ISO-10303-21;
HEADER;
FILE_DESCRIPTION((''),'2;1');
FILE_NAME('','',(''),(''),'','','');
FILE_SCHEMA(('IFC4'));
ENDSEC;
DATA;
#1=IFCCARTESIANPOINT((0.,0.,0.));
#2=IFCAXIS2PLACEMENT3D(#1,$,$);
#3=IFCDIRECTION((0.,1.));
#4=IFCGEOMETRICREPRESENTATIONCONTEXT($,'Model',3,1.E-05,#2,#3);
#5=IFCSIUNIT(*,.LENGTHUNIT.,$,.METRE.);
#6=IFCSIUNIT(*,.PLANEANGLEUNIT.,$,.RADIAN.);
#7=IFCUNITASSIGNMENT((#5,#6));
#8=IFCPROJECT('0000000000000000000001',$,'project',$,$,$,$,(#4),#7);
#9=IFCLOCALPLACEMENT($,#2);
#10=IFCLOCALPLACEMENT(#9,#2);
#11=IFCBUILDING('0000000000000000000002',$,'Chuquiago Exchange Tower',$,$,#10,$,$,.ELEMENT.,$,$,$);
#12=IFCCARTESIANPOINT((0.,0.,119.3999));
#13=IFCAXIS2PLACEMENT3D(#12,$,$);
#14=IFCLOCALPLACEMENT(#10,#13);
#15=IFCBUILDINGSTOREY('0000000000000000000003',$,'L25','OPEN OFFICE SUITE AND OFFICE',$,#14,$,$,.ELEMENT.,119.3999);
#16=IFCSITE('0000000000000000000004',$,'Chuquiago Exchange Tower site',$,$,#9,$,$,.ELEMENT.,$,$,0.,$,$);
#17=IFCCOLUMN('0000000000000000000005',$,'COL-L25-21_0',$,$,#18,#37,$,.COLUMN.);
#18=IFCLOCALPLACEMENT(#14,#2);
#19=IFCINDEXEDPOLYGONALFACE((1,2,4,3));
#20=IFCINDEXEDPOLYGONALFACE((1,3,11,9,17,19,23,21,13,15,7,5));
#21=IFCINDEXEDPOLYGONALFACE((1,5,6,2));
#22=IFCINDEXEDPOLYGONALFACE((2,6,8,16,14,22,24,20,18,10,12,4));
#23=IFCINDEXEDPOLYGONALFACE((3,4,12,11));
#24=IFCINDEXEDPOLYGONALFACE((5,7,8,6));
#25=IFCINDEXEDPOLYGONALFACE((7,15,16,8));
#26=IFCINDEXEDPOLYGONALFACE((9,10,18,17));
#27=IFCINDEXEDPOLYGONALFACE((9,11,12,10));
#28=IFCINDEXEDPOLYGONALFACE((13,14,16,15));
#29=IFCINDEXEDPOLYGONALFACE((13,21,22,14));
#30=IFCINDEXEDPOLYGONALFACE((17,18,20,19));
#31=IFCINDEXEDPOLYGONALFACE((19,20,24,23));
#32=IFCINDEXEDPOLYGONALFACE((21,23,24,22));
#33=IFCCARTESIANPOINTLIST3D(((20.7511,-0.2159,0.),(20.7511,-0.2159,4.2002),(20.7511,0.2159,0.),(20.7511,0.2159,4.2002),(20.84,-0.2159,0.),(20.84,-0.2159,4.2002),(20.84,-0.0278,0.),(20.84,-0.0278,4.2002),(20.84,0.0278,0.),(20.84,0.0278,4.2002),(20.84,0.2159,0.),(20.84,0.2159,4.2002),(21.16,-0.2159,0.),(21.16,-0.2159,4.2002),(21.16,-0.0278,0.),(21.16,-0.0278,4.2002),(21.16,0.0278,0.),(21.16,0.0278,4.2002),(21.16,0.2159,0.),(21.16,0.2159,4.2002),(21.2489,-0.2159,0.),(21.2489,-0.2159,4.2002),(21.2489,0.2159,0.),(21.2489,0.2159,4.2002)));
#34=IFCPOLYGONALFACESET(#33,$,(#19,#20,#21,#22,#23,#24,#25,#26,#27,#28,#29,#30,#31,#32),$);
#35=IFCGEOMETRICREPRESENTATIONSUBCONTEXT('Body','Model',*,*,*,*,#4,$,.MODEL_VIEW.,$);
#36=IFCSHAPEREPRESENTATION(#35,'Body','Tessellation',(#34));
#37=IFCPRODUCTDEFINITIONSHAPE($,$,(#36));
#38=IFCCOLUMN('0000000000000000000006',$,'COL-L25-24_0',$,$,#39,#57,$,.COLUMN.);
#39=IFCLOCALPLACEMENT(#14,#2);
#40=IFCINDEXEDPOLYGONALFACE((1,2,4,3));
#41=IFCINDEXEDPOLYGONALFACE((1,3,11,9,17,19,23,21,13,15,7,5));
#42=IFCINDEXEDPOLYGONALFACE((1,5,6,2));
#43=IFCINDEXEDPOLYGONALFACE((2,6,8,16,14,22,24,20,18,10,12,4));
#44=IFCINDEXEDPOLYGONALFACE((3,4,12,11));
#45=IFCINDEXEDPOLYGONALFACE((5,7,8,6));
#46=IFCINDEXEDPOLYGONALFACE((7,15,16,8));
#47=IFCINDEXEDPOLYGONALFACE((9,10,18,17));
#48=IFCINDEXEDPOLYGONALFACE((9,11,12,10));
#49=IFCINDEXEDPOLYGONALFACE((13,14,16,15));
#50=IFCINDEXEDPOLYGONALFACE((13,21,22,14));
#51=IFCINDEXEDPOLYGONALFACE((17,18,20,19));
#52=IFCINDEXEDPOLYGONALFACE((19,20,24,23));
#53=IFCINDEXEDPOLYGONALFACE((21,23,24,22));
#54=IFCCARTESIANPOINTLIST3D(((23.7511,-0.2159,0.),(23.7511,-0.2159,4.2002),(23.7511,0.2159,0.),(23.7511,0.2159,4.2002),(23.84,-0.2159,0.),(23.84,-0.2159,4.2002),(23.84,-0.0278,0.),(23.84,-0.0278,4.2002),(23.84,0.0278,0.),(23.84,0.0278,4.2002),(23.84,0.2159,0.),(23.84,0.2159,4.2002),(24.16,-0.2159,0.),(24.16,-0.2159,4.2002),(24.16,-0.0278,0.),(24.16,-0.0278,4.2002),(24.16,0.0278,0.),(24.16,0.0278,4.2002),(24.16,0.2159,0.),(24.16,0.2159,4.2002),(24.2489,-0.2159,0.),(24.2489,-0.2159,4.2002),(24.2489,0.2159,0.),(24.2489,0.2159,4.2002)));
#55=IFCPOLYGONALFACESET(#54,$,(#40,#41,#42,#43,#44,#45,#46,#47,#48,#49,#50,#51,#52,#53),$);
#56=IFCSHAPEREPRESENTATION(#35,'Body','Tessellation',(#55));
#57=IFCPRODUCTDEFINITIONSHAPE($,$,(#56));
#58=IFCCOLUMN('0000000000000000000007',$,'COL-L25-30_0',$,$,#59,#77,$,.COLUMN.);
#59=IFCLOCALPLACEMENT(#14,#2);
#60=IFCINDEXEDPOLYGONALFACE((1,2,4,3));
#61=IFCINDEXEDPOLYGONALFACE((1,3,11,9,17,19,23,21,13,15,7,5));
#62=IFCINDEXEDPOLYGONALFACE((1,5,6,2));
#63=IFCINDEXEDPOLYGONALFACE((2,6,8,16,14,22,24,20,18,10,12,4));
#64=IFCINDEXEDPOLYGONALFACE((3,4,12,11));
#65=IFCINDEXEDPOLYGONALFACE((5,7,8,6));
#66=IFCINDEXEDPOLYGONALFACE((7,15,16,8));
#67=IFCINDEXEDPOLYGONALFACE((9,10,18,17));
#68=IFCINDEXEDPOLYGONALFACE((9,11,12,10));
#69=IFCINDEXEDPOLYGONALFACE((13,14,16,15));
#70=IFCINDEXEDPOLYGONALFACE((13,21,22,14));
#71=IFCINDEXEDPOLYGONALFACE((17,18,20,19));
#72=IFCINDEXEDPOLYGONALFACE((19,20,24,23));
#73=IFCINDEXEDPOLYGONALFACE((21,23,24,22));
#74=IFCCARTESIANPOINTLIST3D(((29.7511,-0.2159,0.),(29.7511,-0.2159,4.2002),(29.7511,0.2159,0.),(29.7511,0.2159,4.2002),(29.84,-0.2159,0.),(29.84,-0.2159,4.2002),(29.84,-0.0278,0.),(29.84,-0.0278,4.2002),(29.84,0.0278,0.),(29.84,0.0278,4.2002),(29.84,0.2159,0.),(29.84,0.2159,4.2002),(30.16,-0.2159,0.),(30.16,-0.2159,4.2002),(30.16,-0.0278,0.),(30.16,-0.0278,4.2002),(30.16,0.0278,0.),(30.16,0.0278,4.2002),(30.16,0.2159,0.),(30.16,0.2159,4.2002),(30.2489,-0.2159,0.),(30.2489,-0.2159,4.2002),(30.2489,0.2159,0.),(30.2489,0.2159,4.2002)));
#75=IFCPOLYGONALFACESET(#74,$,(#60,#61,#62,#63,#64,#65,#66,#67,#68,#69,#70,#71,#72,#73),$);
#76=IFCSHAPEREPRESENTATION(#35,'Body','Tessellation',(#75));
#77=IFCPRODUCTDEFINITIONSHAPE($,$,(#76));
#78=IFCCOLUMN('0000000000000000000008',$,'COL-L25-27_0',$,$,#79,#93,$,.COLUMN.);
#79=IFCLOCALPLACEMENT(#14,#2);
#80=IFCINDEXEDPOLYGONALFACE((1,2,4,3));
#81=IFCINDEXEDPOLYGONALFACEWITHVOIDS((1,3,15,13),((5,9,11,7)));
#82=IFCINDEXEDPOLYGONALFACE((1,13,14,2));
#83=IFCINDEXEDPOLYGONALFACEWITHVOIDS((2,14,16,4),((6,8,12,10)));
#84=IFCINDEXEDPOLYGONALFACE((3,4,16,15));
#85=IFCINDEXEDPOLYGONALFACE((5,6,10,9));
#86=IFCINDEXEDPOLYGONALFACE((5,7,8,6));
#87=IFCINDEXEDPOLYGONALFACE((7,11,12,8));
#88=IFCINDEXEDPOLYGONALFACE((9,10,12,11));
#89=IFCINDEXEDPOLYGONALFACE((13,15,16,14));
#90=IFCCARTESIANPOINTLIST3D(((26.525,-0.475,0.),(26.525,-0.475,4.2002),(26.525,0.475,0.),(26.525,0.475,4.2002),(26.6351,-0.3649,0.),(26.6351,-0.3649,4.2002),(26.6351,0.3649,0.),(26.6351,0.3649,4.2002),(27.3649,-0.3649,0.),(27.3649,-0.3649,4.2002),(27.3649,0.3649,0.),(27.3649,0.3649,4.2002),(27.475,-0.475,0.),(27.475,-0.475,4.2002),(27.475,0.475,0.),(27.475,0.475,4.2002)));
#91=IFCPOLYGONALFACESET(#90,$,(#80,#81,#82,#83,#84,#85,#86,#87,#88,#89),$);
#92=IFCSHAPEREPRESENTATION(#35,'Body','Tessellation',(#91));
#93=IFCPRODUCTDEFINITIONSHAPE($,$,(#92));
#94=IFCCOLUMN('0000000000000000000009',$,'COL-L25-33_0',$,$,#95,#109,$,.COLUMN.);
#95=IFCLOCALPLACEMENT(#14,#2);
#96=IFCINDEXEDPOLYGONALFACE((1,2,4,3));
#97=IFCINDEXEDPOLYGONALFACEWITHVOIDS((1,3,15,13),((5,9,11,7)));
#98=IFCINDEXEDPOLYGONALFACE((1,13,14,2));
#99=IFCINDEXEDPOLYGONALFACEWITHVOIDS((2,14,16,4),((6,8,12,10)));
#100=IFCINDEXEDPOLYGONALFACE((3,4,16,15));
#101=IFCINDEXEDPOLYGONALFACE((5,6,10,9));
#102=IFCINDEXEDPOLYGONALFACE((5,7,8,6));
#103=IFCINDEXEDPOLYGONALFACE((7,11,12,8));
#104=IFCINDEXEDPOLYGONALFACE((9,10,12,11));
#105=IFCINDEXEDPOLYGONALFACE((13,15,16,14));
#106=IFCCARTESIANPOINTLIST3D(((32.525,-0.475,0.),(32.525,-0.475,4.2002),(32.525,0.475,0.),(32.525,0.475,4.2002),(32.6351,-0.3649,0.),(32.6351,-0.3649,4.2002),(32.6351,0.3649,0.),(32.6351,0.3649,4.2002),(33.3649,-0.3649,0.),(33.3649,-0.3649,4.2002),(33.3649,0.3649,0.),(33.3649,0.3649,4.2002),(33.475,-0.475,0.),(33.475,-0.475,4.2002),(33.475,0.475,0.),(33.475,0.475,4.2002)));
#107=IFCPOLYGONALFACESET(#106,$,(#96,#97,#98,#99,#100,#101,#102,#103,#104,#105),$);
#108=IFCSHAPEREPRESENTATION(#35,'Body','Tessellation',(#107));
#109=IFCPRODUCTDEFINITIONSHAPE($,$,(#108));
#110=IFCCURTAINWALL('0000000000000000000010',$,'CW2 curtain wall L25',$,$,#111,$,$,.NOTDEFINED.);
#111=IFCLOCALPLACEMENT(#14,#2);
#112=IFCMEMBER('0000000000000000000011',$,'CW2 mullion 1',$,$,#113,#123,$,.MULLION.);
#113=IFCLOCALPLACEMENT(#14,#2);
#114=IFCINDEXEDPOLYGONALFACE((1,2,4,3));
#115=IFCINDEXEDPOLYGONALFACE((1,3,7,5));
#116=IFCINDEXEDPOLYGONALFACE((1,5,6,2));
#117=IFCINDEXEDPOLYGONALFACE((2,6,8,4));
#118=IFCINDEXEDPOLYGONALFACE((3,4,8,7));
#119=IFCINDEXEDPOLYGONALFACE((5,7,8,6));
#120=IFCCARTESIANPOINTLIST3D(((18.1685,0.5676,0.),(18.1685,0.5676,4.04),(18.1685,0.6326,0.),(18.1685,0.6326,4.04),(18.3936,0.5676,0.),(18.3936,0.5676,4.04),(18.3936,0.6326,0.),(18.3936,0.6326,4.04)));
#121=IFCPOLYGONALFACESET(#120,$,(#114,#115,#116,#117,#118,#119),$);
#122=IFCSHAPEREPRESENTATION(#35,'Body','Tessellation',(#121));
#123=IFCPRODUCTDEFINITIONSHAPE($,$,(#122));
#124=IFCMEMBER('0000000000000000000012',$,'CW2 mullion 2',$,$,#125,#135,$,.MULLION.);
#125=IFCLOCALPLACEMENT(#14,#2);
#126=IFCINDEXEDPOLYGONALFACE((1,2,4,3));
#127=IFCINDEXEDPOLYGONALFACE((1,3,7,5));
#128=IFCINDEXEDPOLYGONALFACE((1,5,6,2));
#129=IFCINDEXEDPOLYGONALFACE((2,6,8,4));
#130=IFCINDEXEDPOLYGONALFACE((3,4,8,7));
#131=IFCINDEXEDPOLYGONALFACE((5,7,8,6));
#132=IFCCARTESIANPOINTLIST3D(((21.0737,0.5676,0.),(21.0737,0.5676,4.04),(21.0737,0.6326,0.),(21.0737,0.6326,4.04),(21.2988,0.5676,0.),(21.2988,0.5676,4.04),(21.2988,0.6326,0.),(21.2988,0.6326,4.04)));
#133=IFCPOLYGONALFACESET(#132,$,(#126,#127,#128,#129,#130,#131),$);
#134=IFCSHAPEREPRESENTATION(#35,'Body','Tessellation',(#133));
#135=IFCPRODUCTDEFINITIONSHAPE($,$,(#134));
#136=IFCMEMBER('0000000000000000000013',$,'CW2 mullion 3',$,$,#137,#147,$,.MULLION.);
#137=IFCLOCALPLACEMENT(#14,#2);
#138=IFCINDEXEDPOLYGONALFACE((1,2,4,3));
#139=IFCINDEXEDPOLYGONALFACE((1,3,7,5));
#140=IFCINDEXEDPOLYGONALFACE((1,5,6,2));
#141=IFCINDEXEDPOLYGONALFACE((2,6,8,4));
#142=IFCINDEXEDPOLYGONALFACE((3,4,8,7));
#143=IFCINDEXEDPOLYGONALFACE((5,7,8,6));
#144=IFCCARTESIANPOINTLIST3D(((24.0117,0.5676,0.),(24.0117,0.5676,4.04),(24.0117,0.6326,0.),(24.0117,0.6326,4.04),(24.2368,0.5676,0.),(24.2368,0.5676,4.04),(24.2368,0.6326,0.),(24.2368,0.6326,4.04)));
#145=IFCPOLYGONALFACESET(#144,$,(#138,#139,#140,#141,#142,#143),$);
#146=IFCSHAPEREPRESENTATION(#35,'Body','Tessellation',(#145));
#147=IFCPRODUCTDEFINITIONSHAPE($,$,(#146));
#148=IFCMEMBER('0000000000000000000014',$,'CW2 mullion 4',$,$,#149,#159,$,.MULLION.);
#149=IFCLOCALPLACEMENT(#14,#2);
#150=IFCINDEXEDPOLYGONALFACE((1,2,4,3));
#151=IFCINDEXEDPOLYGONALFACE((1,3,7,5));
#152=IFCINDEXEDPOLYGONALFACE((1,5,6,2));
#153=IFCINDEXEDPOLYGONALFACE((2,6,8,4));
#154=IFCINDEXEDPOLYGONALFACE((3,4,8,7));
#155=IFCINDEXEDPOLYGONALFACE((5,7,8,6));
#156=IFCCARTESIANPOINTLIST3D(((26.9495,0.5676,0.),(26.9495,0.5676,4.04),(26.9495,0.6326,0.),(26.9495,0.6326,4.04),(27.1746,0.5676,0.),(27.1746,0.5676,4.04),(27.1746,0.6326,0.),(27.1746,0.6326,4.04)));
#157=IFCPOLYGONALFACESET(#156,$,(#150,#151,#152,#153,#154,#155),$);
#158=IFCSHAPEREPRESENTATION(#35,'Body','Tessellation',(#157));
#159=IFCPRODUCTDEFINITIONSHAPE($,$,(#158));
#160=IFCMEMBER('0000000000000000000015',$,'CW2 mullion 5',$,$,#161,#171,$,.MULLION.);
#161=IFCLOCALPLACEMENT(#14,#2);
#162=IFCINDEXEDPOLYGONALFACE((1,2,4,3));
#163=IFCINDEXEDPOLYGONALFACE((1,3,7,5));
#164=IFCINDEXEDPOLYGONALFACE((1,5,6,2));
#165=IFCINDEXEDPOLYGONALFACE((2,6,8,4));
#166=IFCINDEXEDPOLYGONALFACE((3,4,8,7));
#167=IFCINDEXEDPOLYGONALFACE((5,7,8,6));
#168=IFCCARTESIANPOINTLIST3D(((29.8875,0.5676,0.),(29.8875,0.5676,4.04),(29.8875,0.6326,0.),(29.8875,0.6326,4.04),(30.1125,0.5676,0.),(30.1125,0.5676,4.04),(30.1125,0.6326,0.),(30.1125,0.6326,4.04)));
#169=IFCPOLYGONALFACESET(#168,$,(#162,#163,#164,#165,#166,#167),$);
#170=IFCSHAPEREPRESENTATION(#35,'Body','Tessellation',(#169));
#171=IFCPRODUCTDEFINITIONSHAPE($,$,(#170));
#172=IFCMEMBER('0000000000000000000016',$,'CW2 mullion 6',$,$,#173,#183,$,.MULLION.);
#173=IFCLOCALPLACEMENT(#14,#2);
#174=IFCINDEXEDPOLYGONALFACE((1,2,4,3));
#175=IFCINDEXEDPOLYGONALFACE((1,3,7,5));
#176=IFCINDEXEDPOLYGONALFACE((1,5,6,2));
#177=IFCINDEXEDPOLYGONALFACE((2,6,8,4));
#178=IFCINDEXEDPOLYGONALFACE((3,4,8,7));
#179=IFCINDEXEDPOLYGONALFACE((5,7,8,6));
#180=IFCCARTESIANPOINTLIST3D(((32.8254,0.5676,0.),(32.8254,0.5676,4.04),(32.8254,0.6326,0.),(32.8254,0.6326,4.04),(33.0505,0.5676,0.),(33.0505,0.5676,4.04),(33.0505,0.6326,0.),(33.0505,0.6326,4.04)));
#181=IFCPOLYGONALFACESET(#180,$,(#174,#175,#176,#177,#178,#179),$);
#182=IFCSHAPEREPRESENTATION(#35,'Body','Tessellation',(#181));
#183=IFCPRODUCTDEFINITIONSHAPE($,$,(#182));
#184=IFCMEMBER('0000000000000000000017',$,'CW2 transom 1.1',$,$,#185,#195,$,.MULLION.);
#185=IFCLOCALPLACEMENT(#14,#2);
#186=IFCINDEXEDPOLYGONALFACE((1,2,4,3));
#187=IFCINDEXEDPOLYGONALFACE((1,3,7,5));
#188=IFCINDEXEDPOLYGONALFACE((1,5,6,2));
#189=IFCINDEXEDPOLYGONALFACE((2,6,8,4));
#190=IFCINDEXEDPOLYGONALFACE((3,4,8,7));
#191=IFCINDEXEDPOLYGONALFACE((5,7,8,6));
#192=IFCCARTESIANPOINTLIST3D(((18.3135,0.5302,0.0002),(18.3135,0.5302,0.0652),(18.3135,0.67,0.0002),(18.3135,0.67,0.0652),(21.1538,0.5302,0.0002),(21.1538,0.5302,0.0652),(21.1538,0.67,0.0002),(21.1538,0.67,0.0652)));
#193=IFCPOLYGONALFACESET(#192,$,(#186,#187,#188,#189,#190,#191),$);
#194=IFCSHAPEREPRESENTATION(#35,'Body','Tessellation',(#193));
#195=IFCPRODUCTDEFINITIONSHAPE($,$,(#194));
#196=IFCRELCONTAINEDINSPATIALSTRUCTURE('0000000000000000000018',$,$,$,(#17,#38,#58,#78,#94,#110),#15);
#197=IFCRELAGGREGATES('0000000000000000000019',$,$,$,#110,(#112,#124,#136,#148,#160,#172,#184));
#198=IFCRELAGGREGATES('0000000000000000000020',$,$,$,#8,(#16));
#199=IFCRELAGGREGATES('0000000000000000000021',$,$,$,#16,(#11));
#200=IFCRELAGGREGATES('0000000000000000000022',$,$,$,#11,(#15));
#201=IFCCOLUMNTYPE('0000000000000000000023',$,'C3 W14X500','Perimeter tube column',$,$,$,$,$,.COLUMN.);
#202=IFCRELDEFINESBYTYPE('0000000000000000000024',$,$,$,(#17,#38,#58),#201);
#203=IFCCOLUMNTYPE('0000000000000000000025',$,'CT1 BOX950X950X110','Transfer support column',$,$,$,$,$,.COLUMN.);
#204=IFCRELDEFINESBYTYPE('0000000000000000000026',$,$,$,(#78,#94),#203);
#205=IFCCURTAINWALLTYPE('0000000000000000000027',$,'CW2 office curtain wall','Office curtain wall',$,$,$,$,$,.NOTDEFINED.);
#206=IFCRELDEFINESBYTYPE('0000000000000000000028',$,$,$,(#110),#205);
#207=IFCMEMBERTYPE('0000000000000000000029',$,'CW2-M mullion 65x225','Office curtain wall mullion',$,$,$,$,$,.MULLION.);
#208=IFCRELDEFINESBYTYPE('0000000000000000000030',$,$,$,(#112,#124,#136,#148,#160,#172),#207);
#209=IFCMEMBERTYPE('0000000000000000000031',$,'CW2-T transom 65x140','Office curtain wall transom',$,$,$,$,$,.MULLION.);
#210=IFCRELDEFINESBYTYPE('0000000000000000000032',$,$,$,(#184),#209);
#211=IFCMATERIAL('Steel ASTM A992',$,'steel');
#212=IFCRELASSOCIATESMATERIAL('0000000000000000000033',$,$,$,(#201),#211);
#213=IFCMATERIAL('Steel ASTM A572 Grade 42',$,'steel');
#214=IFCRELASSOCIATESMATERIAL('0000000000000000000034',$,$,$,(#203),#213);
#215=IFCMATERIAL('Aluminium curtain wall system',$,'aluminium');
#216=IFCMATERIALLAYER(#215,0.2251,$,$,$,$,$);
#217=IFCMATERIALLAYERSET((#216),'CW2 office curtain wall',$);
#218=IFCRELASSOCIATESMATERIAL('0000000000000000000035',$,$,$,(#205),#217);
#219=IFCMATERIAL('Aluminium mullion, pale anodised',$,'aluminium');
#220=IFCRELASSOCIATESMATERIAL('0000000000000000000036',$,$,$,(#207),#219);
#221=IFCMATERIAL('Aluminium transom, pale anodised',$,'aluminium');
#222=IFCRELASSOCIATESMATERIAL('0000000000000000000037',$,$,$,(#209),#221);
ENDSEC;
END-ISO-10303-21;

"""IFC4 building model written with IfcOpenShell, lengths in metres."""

from ifc_helpers import new_model, si_unit, direction, frame, origin, origin_2d, place, context, subcontext, project, spatial, rectangle, hollow_rectangle, i_section, extrude, material, layer, layer_set, material_profile, profile_set, type_object, element, aggregate, save


model = new_model("IFC4")

# Units and contexts
model_context = context("Model", 3, precision=1e-05, world=origin(), true_north=direction((0.0, 1.0)))
body_context = subcontext(model_context, "Body", "Model", "MODEL_VIEW")
ifc_project = project(units=[si_unit("LENGTHUNIT", "METRE"), si_unit("PLANEANGLEUNIT", "RADIAN")], contexts=[model_context])

# Site, building, storey
site_placement = place(None, origin())
site = spatial("IfcSite", under=ifc_project, at=site_placement, Name="Chuquiago Exchange Tower site", CompositionType="ELEMENT", RefElevation=0.0)
building_placement = place(site_placement, origin())
building = spatial("IfcBuilding", under=site, at=building_placement, Name="Chuquiago Exchange Tower", CompositionType="ELEMENT")
storey_placement = place(building_placement, frame((0.0, 0.0, 119.3999)))
storey = spatial("IfcBuildingStorey", under=building, at=storey_placement, Name="L25", Description="OPEN OFFICE SUITE AND OFFICE", CompositionType="ELEMENT", Elevation=119.3999)

# Columns
ifc_material_1 = material(Name="Steel ASTM A992", Category="steel")
ifc_material_profile_1 = material_profile(ifc_material_1, i_section(OverallWidth=0.4319, OverallDepth=0.4978, WebThickness=0.0557, FlangeThickness=0.0889, at=origin_2d()), Name="W14X500")
ifc_profile_set_1 = profile_set([ifc_material_profile_1], Name="Steel ASTM A992")
column_type_1 = type_object("IfcColumnType", Name="C3 W14X500", Description="Perimeter tube column", PredefinedType="COLUMN", material=ifc_profile_set_1)
for number, where, z_axis, x_axis, name in (
    (1, (21.0, 0.0, 0.0), (0.0, 0.0, 1.0), (0.0, -1.0, 0.0), "COL-L25-21_0"),
    (2, (24.0, 0.0, 0.0), (0.0, 0.0, 1.0), (0.0, -1.0, 0.0), "COL-L25-24_0"),
    (3, (30.0, 0.0, 0.0), (0.0, 0.0, 1.0), (0.0, -1.0, 0.0), "COL-L25-30_0"),
):
    element("IfcColumn", number, at=place(storey_placement, frame(where, z_axis=z_axis, x_axis=x_axis)), inside=storey, type_object=column_type_1, Name=name, PredefinedType="COLUMN", context=body_context, shape_type="SweptSolid", body=[
        extrude(i_section(OverallWidth=0.4319, OverallDepth=0.4978, WebThickness=0.0557, FlangeThickness=0.0889, at=origin_2d()), origin(), (0.0, 0.0, 1.0), 4.2002),
    ])
ifc_material_2 = material(Name="Steel ASTM A572 Grade 42", Category="steel")
ifc_material_profile_2 = material_profile(ifc_material_2, hollow_rectangle(XDim=0.95, YDim=0.95, WallThickness=0.1101, at=origin_2d()), Name="BOX950X950X110")
ifc_profile_set_2 = profile_set([ifc_material_profile_2], Name="Steel ASTM A572 Grade 42")
column_type_2 = type_object("IfcColumnType", Name="CT1 BOX950X950X110", Description="Transfer support column", PredefinedType="COLUMN", material=ifc_profile_set_2)
for number, where, z_axis, x_axis, name in (
    (4, (27.0, 0.0, 0.0), (0.0, 0.0, 1.0), (0.0, -1.0, 0.0), "COL-L25-27_0"),
    (5, (33.0, 0.0, 0.0), (0.0, 0.0, 1.0), (0.0, -1.0, 0.0), "COL-L25-33_0"),
):
    element("IfcColumn", number, at=place(storey_placement, frame(where, z_axis=z_axis, x_axis=x_axis)), inside=storey, type_object=column_type_2, Name=name, PredefinedType="COLUMN", context=body_context, shape_type="SweptSolid", body=[
        extrude(hollow_rectangle(XDim=0.95, YDim=0.95, WallThickness=0.1101, at=origin_2d()), origin(), (0.0, 0.0, 1.0), 4.2002),
    ])

# Curtain wall, members
ifc_material_3 = material(Name="Aluminium curtain wall system", Category="aluminium")
ifc_layer_1 = layer(ifc_material_3, 0.2251)
ifc_layer_set_1 = layer_set([ifc_layer_1], Name="CW2 office curtain wall")
curtain_wall_type_1 = type_object("IfcCurtainWallType", Name="CW2 office curtain wall", Description="Office curtain wall", PredefinedType="NOTDEFINED", material=ifc_layer_set_1)
curtain_wall_1_placement = place(storey_placement, origin())
curtain_wall_1 = element("IfcCurtainWall", 6, at=curtain_wall_1_placement, inside=storey, type_object=curtain_wall_type_1, Name="CW2 curtain wall L25", PredefinedType="NOTDEFINED")
ifc_material_4 = material(Name="Aluminium mullion, pale anodised", Category="aluminium")
ifc_material_profile_3 = material_profile(ifc_material_4, rectangle(XDim=0.0649, YDim=0.2251, at=origin_2d()), Name="AL 65x225")
ifc_profile_set_3 = profile_set([ifc_material_profile_3], Name="Aluminium mullion, pale anodised")
member_type_1 = type_object("IfcMemberType", Name="CW2-M mullion 65x225", Description="Office curtain wall mullion", PredefinedType="MULLION", material=ifc_profile_set_3)
member_1_placement = place(storey_placement, frame((18.281, 0.6001, 0.0), z_axis=(0.0, 0.0, 1.0), x_axis=(0.0, 1.0, 0.0)))
member_1 = element("IfcMember", 7, at=member_1_placement, type_object=member_type_1, Name="CW2 mullion 1", PredefinedType="MULLION", context=body_context, shape_type="SweptSolid", body=[
    extrude(rectangle(XDim=0.0649, YDim=0.2251, at=origin_2d()), origin(), (0.0, 0.0, 1.0), 4.04),
])
member_2_placement = place(storey_placement, frame((21.1863, 0.6001, 0.0), z_axis=(0.0, 0.0, 1.0), x_axis=(0.0, 1.0, 0.0)))
member_2 = element("IfcMember", 8, at=member_2_placement, type_object=member_type_1, Name="CW2 mullion 2", PredefinedType="MULLION", context=body_context, shape_type="SweptSolid", body=[
    extrude(rectangle(XDim=0.0649, YDim=0.2251, at=origin_2d()), origin(), (0.0, 0.0, 1.0), 4.04),
])
member_3_placement = place(storey_placement, frame((24.1243, 0.6001, 0.0), z_axis=(0.0, 0.0, 1.0), x_axis=(0.0, 1.0, 0.0)))
member_3 = element("IfcMember", 9, at=member_3_placement, type_object=member_type_1, Name="CW2 mullion 3", PredefinedType="MULLION", context=body_context, shape_type="SweptSolid", body=[
    extrude(rectangle(XDim=0.0649, YDim=0.2251, at=origin_2d()), origin(), (0.0, 0.0, 1.0), 4.04),
])
member_4_placement = place(storey_placement, frame((27.062, 0.6001, 0.0), z_axis=(0.0, 0.0, 1.0), x_axis=(0.0, 1.0, 0.0)))
member_4 = element("IfcMember", 10, at=member_4_placement, type_object=member_type_1, Name="CW2 mullion 4", PredefinedType="MULLION", context=body_context, shape_type="SweptSolid", body=[
    extrude(rectangle(XDim=0.0649, YDim=0.2251, at=origin_2d()), origin(), (0.0, 0.0, 1.0), 4.04),
])
member_5_placement = place(storey_placement, frame((30.0, 0.6001, 0.0), z_axis=(0.0, 0.0, 1.0), x_axis=(0.0, 1.0, 0.0)))
member_5 = element("IfcMember", 11, at=member_5_placement, type_object=member_type_1, Name="CW2 mullion 5", PredefinedType="MULLION", context=body_context, shape_type="SweptSolid", body=[
    extrude(rectangle(XDim=0.0649, YDim=0.2251, at=origin_2d()), origin(), (0.0, 0.0, 1.0), 4.04),
])
member_6_placement = place(storey_placement, frame((32.938, 0.6001, 0.0), z_axis=(0.0, 0.0, 1.0), x_axis=(0.0, 1.0, 0.0)))
member_6 = element("IfcMember", 12, at=member_6_placement, type_object=member_type_1, Name="CW2 mullion 6", PredefinedType="MULLION", context=body_context, shape_type="SweptSolid", body=[
    extrude(rectangle(XDim=0.0649, YDim=0.2251, at=origin_2d()), origin(), (0.0, 0.0, 1.0), 4.04),
])
ifc_material_5 = material(Name="Aluminium transom, pale anodised", Category="aluminium")
ifc_material_profile_4 = material_profile(ifc_material_5, rectangle(XDim=0.1399, YDim=0.0649, at=origin_2d()), Name="AL 140x65")
ifc_profile_set_4 = profile_set([ifc_material_profile_4], Name="Aluminium transom, pale anodised")
member_type_2 = type_object("IfcMemberType", Name="CW2-T transom 65x140", Description="Office curtain wall transom", PredefinedType="MULLION", material=ifc_profile_set_4)
member_7_placement = place(storey_placement, frame((18.3135, 0.6001, 0.0327), z_axis=(1.0, 0.0, 0.0), x_axis=(0.0, 1.0, 0.0)))
member_7 = element("IfcMember", 13, at=member_7_placement, type_object=member_type_2, Name="CW2 transom 1.1", PredefinedType="MULLION", context=body_context, shape_type="SweptSolid", body=[
    extrude(rectangle(XDim=0.1399, YDim=0.0649, at=origin_2d()), origin(), (0.0, 0.0, 1.0), 2.8403),
])

aggregate(curtain_wall_1, [member_1, member_2, member_3, member_4, member_5, member_6, member_7])

save(model, "model.ifc")
